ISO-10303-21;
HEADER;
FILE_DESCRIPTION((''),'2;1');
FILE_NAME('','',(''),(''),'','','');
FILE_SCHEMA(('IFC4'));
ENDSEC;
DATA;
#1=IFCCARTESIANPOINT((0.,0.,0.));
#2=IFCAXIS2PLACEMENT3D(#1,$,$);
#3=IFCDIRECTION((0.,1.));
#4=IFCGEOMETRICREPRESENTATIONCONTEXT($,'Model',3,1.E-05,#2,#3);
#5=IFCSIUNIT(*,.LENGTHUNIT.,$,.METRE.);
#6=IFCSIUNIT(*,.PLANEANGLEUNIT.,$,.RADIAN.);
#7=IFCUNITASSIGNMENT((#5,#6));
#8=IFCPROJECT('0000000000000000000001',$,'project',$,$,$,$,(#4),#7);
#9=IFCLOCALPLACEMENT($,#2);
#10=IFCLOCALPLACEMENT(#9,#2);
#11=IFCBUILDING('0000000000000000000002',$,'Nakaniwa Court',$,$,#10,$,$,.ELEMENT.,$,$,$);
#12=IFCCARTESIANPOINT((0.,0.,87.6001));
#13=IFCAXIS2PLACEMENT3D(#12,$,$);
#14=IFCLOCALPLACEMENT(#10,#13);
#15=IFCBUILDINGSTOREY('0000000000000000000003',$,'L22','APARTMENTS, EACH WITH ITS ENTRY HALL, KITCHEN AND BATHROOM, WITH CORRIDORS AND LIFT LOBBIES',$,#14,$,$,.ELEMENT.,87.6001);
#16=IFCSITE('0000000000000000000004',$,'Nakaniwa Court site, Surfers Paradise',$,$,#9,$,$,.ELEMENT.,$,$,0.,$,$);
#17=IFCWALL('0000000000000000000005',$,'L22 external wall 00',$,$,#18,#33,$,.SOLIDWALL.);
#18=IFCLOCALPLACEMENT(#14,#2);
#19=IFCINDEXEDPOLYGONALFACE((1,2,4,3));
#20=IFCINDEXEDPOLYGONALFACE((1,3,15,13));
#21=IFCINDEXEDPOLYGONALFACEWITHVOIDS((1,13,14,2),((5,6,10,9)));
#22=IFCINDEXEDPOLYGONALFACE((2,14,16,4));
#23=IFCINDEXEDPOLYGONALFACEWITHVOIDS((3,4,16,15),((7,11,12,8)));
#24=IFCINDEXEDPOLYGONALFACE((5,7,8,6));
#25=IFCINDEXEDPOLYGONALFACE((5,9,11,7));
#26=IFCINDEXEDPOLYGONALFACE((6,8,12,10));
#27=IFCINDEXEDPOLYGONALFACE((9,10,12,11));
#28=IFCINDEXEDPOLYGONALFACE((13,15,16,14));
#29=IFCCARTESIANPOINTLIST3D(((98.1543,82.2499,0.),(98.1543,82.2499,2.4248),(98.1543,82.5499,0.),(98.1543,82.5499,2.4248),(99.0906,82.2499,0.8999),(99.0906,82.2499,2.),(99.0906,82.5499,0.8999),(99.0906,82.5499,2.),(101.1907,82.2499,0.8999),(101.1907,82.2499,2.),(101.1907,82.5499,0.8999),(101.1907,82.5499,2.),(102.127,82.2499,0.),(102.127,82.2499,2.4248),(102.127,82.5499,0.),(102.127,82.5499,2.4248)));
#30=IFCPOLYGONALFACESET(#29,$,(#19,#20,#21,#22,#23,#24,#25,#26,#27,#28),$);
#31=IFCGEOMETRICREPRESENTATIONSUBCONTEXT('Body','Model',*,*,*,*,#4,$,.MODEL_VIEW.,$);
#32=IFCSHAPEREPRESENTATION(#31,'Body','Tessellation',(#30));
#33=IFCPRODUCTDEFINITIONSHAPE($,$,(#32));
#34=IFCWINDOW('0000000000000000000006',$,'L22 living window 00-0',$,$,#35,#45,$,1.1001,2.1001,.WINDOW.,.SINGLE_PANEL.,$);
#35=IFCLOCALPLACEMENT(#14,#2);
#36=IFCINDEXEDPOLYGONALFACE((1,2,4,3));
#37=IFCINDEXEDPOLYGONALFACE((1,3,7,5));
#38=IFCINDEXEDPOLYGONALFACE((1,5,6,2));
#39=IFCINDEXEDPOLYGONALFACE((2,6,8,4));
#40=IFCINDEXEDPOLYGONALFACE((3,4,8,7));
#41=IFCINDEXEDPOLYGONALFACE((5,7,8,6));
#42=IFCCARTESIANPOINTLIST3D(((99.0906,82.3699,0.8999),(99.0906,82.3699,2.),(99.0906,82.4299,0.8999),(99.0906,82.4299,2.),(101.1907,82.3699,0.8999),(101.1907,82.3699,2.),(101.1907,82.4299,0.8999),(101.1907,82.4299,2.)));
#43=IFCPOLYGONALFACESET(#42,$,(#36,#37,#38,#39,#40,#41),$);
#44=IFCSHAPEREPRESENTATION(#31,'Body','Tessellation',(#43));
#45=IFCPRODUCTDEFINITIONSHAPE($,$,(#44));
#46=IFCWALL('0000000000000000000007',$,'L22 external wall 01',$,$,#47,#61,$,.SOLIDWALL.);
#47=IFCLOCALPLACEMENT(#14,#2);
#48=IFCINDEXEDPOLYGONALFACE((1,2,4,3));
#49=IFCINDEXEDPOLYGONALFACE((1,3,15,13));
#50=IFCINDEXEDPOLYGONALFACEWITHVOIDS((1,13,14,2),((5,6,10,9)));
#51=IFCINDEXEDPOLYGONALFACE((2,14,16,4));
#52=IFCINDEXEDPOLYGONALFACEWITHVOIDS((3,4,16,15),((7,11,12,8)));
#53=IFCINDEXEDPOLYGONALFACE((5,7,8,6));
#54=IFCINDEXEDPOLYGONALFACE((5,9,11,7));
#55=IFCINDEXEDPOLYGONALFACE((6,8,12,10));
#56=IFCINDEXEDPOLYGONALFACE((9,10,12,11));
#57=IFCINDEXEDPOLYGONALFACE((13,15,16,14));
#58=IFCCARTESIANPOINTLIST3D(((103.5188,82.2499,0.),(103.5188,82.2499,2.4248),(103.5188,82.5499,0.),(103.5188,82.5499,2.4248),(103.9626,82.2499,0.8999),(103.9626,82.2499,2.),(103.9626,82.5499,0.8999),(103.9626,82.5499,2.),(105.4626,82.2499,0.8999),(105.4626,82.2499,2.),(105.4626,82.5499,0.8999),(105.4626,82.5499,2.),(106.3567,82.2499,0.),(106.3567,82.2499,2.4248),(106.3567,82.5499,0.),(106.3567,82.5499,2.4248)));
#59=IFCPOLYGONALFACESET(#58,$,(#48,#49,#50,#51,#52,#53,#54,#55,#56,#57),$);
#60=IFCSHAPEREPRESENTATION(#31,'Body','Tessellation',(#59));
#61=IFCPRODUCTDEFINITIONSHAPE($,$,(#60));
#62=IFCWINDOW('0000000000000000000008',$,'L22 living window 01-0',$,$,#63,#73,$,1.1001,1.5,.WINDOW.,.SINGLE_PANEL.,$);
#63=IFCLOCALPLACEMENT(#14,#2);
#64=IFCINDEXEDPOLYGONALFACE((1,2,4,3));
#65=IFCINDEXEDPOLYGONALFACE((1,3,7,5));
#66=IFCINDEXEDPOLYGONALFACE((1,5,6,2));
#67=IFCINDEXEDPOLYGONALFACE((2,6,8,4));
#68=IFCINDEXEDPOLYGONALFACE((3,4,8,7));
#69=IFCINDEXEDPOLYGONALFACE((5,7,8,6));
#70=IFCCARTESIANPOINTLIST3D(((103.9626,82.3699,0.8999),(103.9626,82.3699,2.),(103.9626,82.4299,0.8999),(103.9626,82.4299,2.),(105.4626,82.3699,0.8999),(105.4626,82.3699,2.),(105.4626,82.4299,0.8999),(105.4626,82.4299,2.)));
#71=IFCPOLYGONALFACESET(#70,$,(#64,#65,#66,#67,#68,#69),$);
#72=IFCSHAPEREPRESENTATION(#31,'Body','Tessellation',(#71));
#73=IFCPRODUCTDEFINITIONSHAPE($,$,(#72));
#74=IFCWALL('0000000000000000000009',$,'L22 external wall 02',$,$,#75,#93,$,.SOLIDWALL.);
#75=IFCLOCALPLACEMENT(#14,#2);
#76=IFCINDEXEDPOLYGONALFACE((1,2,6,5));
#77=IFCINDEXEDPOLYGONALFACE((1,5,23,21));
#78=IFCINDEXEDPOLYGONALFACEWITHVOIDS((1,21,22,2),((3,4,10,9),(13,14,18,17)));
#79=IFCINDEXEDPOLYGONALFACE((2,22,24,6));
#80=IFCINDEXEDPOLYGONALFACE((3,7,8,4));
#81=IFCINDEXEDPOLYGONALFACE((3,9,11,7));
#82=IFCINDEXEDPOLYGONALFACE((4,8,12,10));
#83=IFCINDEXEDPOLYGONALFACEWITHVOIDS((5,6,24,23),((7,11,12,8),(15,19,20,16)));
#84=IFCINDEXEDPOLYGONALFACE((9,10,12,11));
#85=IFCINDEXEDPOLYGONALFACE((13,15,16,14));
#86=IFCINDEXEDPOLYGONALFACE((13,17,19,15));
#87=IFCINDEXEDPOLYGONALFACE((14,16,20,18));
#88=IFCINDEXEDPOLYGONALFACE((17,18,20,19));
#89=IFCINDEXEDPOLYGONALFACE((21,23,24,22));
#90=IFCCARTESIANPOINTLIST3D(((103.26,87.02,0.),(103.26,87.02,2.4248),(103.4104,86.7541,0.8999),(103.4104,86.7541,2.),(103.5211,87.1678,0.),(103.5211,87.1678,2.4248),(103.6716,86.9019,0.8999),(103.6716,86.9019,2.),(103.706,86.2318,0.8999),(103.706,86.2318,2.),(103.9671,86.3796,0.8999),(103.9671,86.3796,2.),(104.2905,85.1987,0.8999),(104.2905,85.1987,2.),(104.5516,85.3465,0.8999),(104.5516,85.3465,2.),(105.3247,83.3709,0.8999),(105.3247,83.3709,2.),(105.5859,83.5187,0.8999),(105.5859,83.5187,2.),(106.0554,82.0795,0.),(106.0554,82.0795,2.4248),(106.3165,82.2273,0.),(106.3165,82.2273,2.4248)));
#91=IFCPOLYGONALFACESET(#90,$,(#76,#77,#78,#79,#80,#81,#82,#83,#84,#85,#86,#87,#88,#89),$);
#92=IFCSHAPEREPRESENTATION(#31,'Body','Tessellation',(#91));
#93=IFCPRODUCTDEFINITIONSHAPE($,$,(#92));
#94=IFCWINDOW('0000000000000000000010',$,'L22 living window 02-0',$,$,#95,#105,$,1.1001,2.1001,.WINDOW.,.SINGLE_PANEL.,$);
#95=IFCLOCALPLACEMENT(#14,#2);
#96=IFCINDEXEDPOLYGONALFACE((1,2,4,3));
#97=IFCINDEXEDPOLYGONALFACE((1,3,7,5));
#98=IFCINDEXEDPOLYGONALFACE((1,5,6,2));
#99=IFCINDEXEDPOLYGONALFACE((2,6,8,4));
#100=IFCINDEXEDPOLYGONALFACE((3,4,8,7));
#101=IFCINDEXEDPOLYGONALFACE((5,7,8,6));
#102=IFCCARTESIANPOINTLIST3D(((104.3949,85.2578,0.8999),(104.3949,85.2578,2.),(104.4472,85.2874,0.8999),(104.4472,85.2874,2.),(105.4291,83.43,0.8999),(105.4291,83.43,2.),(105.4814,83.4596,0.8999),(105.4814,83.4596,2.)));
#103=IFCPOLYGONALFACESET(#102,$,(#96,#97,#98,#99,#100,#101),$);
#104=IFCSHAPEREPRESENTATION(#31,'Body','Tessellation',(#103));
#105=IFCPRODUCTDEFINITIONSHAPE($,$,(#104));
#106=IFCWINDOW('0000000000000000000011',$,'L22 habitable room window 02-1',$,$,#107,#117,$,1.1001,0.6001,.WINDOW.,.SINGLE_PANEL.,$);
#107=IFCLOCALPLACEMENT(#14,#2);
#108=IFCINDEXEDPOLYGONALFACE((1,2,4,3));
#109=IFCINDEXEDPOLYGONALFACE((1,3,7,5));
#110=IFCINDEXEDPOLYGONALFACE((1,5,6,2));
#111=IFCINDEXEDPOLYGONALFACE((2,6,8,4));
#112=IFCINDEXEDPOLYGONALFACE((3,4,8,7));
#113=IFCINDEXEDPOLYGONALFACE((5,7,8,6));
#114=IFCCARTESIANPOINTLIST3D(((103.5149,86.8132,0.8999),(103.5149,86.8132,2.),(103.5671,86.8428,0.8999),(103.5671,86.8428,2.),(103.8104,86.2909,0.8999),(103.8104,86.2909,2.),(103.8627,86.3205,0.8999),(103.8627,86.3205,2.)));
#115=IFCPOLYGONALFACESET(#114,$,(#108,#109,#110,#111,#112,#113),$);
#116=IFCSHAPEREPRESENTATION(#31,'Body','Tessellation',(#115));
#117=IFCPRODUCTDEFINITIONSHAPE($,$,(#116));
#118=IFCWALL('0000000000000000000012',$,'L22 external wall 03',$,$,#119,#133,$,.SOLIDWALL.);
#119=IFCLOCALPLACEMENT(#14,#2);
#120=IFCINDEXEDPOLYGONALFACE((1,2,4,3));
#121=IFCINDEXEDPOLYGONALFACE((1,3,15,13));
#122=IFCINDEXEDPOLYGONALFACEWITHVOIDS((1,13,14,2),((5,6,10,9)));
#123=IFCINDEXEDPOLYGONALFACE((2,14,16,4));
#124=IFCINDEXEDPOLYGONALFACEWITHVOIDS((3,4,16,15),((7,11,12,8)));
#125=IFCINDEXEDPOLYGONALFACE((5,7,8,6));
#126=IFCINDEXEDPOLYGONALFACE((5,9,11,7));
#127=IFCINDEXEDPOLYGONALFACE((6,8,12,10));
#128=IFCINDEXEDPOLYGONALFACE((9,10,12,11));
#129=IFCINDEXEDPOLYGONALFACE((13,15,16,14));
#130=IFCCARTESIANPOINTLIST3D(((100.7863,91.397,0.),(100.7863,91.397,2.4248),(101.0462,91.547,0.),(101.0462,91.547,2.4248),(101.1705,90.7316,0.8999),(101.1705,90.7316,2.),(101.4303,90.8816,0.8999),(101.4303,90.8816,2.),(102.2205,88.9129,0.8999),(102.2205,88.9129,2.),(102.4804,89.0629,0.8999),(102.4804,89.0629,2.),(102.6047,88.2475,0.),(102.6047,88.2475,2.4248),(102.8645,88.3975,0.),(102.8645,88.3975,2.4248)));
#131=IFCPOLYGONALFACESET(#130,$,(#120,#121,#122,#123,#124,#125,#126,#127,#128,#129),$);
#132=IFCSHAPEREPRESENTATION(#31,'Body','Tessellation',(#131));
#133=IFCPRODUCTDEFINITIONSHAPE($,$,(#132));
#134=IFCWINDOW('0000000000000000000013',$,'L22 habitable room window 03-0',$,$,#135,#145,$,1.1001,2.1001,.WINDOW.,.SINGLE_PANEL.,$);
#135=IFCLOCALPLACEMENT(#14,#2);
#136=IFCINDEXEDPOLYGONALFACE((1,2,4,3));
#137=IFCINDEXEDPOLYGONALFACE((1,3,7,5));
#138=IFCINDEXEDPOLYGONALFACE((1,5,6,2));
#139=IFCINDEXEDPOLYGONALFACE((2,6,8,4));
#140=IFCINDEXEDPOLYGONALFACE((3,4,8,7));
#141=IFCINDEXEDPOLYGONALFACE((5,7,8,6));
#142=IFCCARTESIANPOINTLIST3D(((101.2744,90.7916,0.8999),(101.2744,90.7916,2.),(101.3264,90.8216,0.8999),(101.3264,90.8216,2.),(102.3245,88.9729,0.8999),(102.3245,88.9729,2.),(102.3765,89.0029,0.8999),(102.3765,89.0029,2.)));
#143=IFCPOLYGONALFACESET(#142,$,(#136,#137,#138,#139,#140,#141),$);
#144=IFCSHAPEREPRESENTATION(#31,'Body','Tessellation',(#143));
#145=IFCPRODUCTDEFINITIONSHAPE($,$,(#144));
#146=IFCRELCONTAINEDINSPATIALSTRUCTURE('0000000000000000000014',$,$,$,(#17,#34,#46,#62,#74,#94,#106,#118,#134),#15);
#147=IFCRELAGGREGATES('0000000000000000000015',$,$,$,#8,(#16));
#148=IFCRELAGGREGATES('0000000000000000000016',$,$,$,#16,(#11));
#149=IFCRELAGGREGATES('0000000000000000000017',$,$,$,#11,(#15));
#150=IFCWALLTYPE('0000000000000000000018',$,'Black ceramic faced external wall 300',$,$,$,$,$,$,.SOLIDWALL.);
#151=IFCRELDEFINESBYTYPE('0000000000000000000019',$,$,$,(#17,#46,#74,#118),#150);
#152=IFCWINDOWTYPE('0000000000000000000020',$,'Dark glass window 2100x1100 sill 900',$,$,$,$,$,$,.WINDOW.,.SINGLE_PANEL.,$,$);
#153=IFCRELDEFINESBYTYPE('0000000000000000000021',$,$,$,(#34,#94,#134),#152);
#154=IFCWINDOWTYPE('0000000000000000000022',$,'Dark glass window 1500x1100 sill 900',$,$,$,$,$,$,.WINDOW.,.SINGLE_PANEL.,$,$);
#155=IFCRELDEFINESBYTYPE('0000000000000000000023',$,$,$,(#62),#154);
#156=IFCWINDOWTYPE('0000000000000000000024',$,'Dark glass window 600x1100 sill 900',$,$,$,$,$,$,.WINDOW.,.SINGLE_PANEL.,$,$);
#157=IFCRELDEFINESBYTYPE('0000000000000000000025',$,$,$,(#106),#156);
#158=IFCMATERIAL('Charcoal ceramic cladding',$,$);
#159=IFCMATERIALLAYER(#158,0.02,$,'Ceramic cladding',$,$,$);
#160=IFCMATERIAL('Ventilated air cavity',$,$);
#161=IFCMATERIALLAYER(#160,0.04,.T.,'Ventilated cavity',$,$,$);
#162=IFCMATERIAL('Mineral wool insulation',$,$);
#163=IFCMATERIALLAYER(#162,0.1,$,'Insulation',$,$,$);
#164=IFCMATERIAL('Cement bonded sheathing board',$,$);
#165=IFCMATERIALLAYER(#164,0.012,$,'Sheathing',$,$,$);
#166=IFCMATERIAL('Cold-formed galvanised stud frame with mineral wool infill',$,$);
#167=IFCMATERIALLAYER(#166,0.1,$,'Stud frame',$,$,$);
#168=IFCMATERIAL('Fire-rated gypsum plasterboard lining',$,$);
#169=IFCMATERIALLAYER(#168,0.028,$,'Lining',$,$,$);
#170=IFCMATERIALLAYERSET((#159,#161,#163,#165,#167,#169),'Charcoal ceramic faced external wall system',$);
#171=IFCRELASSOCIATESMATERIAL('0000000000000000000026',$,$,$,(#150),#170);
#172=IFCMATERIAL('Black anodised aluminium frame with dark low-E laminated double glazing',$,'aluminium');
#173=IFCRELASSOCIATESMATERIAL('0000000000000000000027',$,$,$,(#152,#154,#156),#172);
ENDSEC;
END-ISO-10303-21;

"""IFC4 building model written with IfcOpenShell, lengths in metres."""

from ifc_helpers import new_model, si_unit, direction, frame, frame_2d, origin, place, context, subcontext, project, spatial, rectangle, extrude, material, layer, layer_set, type_object, element, fill, save


model = new_model("IFC4")

# Units and contexts
model_context = context("Model", 3, precision=1e-05, world=origin(), true_north=direction((0.0, 1.0)))
body_context = subcontext(model_context, "Body", "Model", "MODEL_VIEW")
ifc_project = project(units=[si_unit("LENGTHUNIT", "METRE"), si_unit("PLANEANGLEUNIT", "RADIAN")], contexts=[model_context])

# Site, building, storey
site_placement = place(None, origin())
site = spatial("IfcSite", under=ifc_project, at=site_placement, Name="Nakaniwa Court site, Surfers Paradise", CompositionType="ELEMENT", RefElevation=0.0)
building_placement = place(site_placement, origin())
building = spatial("IfcBuilding", under=site, at=building_placement, Name="Nakaniwa Court", CompositionType="ELEMENT")
storey_placement = place(building_placement, frame((0.0, 0.0, 87.6001)))
storey = spatial("IfcBuildingStorey", under=building, at=storey_placement, Name="L22", Description="APARTMENTS, EACH WITH ITS ENTRY HALL, KITCHEN AND BATHROOM, WITH CORRIDORS AND LIFT LOBBIES", CompositionType="ELEMENT", Elevation=87.6001)

# Walls, openings, windows
ifc_material_1 = material(Name="Charcoal ceramic cladding")
ifc_layer_1 = layer(ifc_material_1, 0.02, Name="Ceramic cladding")
ifc_material_2 = material(Name="Ventilated air cavity")
ifc_layer_2 = layer(ifc_material_2, 0.04, ventilated=True, Name="Ventilated cavity")
ifc_material_3 = material(Name="Mineral wool insulation")
ifc_layer_3 = layer(ifc_material_3, 0.1, Name="Insulation")
ifc_material_4 = material(Name="Cement bonded sheathing board")
ifc_layer_4 = layer(ifc_material_4, 0.012, Name="Sheathing")
ifc_material_5 = material(Name="Cold-formed galvanised stud frame with mineral wool infill")
ifc_layer_5 = layer(ifc_material_5, 0.1, Name="Stud frame")
ifc_material_6 = material(Name="Fire-rated gypsum plasterboard lining")
ifc_layer_6 = layer(ifc_material_6, 0.028, Name="Lining")
ifc_layer_set_1 = layer_set([ifc_layer_1, ifc_layer_2, ifc_layer_3, ifc_layer_4, ifc_layer_5, ifc_layer_6], Name="Charcoal ceramic faced external wall system")
wall_type_1 = type_object("IfcWallType", Name="Black ceramic faced external wall 300", PredefinedType="SOLIDWALL", material=ifc_layer_set_1)
wall_1_placement = place(storey_placement, frame((98.1543, 82.3999, 0.0), z_axis=(0.0, 0.0, 1.0), x_axis=(1.0, 0.0, 0.0)))
wall_1 = element("IfcWall", 1, at=wall_1_placement, inside=storey, type_object=wall_type_1, Name="L22 external wall 00", PredefinedType="SOLIDWALL", context=body_context, shape_type="SweptSolid", body=[
    extrude(rectangle(XDim=3.9727, YDim=0.3, at=frame_2d((1.9863, 0.0))), origin(), (0.0, 0.0, 1.0), 2.4248),
])
opening_1_placement = place(wall_1_placement, frame((0.9363, 0.0, 0.8999)))
opening_1 = element("IfcOpeningElement", 2, at=opening_1_placement, cuts=wall_1, PredefinedType="OPENING", context=body_context, shape_type="SweptSolid", body=[
    extrude(rectangle(XDim=2.1001, YDim=1.1001, at=frame_2d((1.05, 0.55))), frame((0.0, 0.1599, 0.0), z_axis=(0.0, -1.0, 0.0), x_axis=(1.0, 0.0, 0.0)), (0.0, 0.0, 1.0), 0.3201),
])
ifc_material_7 = material(Name="Black anodised aluminium frame with dark low-E laminated double glazing", Category="aluminium")
window_type_1 = type_object("IfcWindowType", Name="Dark glass window 2100x1100 sill 900", PartitioningType="SINGLE_PANEL", PredefinedType="WINDOW", material=ifc_material_7)
window_1_placement = place(opening_1_placement, origin())
window_1 = element("IfcWindow", 3, at=window_1_placement, inside=storey, type_object=window_type_1, Name="L22 living window 00-0", OverallHeight=1.1001, OverallWidth=2.1001, PartitioningType="SINGLE_PANEL", PredefinedType="WINDOW", context=body_context, shape_type="SweptSolid", body=[
    extrude(rectangle(XDim=2.1001, YDim=1.1001, at=frame_2d((1.05, 0.55))), frame((0.0, 0.03, 0.0), z_axis=(0.0, -1.0, 0.0), x_axis=(1.0, 0.0, 0.0)), (0.0, 0.0, 1.0), 0.0601),
])
fill(opening_1, window_1)
wall_2_placement = place(storey_placement, frame((103.5188, 82.3999, 0.0), z_axis=(0.0, 0.0, 1.0), x_axis=(1.0, 0.0, 0.0)))
wall_2 = element("IfcWall", 4, at=wall_2_placement, inside=storey, type_object=wall_type_1, Name="L22 external wall 01", PredefinedType="SOLIDWALL", context=body_context, shape_type="SweptSolid", body=[
    extrude(rectangle(XDim=2.8379, YDim=0.3, at=frame_2d((1.4189, 0.0))), origin(), (0.0, 0.0, 1.0), 2.4248),
])
opening_2_placement = place(wall_2_placement, frame((0.4438, 0.0, 0.8999)))
opening_2 = element("IfcOpeningElement", 5, at=opening_2_placement, cuts=wall_2, PredefinedType="OPENING", context=body_context, shape_type="SweptSolid", body=[
    extrude(rectangle(XDim=1.5, YDim=1.1001, at=frame_2d((0.75, 0.55))), frame((0.0, 0.1599, 0.0), z_axis=(0.0, -1.0, 0.0), x_axis=(1.0, 0.0, 0.0)), (0.0, 0.0, 1.0), 0.3201),
])
window_type_2 = type_object("IfcWindowType", Name="Dark glass window 1500x1100 sill 900", PartitioningType="SINGLE_PANEL", PredefinedType="WINDOW", material=ifc_material_7)
window_2_placement = place(opening_2_placement, origin())
window_2 = element("IfcWindow", 6, at=window_2_placement, inside=storey, type_object=window_type_2, Name="L22 living window 01-0", OverallHeight=1.1001, OverallWidth=1.5, PartitioningType="SINGLE_PANEL", PredefinedType="WINDOW", context=body_context, shape_type="SweptSolid", body=[
    extrude(rectangle(XDim=1.5, YDim=1.1001, at=frame_2d((0.75, 0.55))), frame((0.0, 0.03, 0.0), z_axis=(0.0, -1.0, 0.0), x_axis=(1.0, 0.0, 0.0)), (0.0, 0.0, 1.0), 0.0601),
])
fill(opening_2, window_2)

# Wall, openings, windows
wall_3_placement = place(storey_placement, frame((106.186, 82.1533, 0.0), z_axis=(0.0, 0.0, 1.0), x_axis=(-0.492457, 0.870337, 0.0)))
wall_3 = element("IfcWall", 7, at=wall_3_placement, inside=storey, type_object=wall_type_1, Name="L22 external wall 02", PredefinedType="SOLIDWALL", context=body_context, shape_type="SweptSolid", body=[
    extrude(rectangle(XDim=5.6765, YDim=0.3, at=frame_2d((2.8384, 0.0))), origin(), (0.0, 0.0, 1.0), 2.4248),
])
opening_3_placement = place(wall_3_placement, frame((1.4839, 0.0, 0.8999)))
opening_3 = element("IfcOpeningElement", 8, at=opening_3_placement, cuts=wall_3, PredefinedType="OPENING", context=body_context, shape_type="SweptSolid", body=[
    extrude(rectangle(XDim=2.1001, YDim=1.1001, at=frame_2d((1.05, 0.55))), frame((0.0, 0.1599, 0.0), z_axis=(0.0, -1.0, 0.0), x_axis=(1.0, 0.0, 0.0)), (0.0, 0.0, 1.0), 0.3201),
])
opening_4_placement = place(wall_3_placement, frame((4.771, 0.0, 0.8999)))
opening_4 = element("IfcOpeningElement", 9, at=opening_4_placement, cuts=wall_3, PredefinedType="OPENING", context=body_context, shape_type="SweptSolid", body=[
    extrude(rectangle(XDim=0.6001, YDim=1.1001, at=frame_2d((0.3, 0.55))), frame((0.0, 0.1599, 0.0), z_axis=(0.0, -1.0, 0.0), x_axis=(1.0, 0.0, 0.0)), (0.0, 0.0, 1.0), 0.3201),
])
window_3_placement = place(opening_3_placement, origin())
window_3 = element("IfcWindow", 10, at=window_3_placement, inside=storey, type_object=window_type_1, Name="L22 living window 02-0", OverallHeight=1.1001, OverallWidth=2.1001, PartitioningType="SINGLE_PANEL", PredefinedType="WINDOW", context=body_context, shape_type="SweptSolid", body=[
    extrude(rectangle(XDim=2.1001, YDim=1.1001, at=frame_2d((1.05, 0.55))), frame((0.0, 0.03, 0.0), z_axis=(0.0, -1.0, 0.0), x_axis=(1.0, 0.0, 0.0)), (0.0, 0.0, 1.0), 0.0601),
])
fill(opening_3, window_3)
window_type_3 = type_object("IfcWindowType", Name="Dark glass window 600x1100 sill 900", PartitioningType="SINGLE_PANEL", PredefinedType="WINDOW", material=ifc_material_7)
window_4_placement = place(opening_4_placement, origin())
window_4 = element("IfcWindow", 11, at=window_4_placement, inside=storey, type_object=window_type_3, Name="L22 habitable room window 02-1", OverallHeight=1.1001, OverallWidth=0.6001, PartitioningType="SINGLE_PANEL", PredefinedType="WINDOW", context=body_context, shape_type="SweptSolid", body=[
    extrude(rectangle(XDim=0.6001, YDim=1.1001, at=frame_2d((0.3, 0.55))), frame((0.0, 0.03, 0.0), z_axis=(0.0, -1.0, 0.0), x_axis=(1.0, 0.0, 0.0)), (0.0, 0.0, 1.0), 0.0601),
])
fill(opening_4, window_4)

# Wall, opening, window
wall_4_placement = place(storey_placement, frame((102.7346, 88.3225, 0.0), z_axis=(0.0, 0.0, 1.0), x_axis=(-0.500009, 0.86602, 0.0)))
wall_4 = element("IfcWall", 12, at=wall_4_placement, inside=storey, type_object=wall_type_1, Name="L22 external wall 03", PredefinedType="SOLIDWALL", context=body_context, shape_type="SweptSolid", body=[
    extrude(rectangle(XDim=3.6367, YDim=0.3, at=frame_2d((1.8184, 0.0))), origin(), (0.0, 0.0, 1.0), 2.4248),
])
opening_5_placement = place(wall_4_placement, frame((0.7683, 0.0, 0.8999)))
opening_5 = element("IfcOpeningElement", 13, at=opening_5_placement, cuts=wall_4, PredefinedType="OPENING", context=body_context, shape_type="SweptSolid", body=[
    extrude(rectangle(XDim=2.1001, YDim=1.1001, at=frame_2d((1.05, 0.55))), frame((0.0, 0.1599, 0.0), z_axis=(0.0, -1.0, 0.0), x_axis=(1.0, 0.0, 0.0)), (0.0, 0.0, 1.0), 0.3201),
])
window_5_placement = place(opening_5_placement, origin())
window_5 = element("IfcWindow", 14, at=window_5_placement, inside=storey, type_object=window_type_1, Name="L22 habitable room window 03-0", OverallHeight=1.1001, OverallWidth=2.1001, PartitioningType="SINGLE_PANEL", PredefinedType="WINDOW", context=body_context, shape_type="SweptSolid", body=[
    extrude(rectangle(XDim=2.1001, YDim=1.1001, at=frame_2d((1.05, 0.55))), frame((0.0, 0.03, 0.0), z_axis=(0.0, -1.0, 0.0), x_axis=(1.0, 0.0, 0.0)), (0.0, 0.0, 1.0), 0.0601),
])
fill(opening_5, window_5)

save(model, "model.ifc")
